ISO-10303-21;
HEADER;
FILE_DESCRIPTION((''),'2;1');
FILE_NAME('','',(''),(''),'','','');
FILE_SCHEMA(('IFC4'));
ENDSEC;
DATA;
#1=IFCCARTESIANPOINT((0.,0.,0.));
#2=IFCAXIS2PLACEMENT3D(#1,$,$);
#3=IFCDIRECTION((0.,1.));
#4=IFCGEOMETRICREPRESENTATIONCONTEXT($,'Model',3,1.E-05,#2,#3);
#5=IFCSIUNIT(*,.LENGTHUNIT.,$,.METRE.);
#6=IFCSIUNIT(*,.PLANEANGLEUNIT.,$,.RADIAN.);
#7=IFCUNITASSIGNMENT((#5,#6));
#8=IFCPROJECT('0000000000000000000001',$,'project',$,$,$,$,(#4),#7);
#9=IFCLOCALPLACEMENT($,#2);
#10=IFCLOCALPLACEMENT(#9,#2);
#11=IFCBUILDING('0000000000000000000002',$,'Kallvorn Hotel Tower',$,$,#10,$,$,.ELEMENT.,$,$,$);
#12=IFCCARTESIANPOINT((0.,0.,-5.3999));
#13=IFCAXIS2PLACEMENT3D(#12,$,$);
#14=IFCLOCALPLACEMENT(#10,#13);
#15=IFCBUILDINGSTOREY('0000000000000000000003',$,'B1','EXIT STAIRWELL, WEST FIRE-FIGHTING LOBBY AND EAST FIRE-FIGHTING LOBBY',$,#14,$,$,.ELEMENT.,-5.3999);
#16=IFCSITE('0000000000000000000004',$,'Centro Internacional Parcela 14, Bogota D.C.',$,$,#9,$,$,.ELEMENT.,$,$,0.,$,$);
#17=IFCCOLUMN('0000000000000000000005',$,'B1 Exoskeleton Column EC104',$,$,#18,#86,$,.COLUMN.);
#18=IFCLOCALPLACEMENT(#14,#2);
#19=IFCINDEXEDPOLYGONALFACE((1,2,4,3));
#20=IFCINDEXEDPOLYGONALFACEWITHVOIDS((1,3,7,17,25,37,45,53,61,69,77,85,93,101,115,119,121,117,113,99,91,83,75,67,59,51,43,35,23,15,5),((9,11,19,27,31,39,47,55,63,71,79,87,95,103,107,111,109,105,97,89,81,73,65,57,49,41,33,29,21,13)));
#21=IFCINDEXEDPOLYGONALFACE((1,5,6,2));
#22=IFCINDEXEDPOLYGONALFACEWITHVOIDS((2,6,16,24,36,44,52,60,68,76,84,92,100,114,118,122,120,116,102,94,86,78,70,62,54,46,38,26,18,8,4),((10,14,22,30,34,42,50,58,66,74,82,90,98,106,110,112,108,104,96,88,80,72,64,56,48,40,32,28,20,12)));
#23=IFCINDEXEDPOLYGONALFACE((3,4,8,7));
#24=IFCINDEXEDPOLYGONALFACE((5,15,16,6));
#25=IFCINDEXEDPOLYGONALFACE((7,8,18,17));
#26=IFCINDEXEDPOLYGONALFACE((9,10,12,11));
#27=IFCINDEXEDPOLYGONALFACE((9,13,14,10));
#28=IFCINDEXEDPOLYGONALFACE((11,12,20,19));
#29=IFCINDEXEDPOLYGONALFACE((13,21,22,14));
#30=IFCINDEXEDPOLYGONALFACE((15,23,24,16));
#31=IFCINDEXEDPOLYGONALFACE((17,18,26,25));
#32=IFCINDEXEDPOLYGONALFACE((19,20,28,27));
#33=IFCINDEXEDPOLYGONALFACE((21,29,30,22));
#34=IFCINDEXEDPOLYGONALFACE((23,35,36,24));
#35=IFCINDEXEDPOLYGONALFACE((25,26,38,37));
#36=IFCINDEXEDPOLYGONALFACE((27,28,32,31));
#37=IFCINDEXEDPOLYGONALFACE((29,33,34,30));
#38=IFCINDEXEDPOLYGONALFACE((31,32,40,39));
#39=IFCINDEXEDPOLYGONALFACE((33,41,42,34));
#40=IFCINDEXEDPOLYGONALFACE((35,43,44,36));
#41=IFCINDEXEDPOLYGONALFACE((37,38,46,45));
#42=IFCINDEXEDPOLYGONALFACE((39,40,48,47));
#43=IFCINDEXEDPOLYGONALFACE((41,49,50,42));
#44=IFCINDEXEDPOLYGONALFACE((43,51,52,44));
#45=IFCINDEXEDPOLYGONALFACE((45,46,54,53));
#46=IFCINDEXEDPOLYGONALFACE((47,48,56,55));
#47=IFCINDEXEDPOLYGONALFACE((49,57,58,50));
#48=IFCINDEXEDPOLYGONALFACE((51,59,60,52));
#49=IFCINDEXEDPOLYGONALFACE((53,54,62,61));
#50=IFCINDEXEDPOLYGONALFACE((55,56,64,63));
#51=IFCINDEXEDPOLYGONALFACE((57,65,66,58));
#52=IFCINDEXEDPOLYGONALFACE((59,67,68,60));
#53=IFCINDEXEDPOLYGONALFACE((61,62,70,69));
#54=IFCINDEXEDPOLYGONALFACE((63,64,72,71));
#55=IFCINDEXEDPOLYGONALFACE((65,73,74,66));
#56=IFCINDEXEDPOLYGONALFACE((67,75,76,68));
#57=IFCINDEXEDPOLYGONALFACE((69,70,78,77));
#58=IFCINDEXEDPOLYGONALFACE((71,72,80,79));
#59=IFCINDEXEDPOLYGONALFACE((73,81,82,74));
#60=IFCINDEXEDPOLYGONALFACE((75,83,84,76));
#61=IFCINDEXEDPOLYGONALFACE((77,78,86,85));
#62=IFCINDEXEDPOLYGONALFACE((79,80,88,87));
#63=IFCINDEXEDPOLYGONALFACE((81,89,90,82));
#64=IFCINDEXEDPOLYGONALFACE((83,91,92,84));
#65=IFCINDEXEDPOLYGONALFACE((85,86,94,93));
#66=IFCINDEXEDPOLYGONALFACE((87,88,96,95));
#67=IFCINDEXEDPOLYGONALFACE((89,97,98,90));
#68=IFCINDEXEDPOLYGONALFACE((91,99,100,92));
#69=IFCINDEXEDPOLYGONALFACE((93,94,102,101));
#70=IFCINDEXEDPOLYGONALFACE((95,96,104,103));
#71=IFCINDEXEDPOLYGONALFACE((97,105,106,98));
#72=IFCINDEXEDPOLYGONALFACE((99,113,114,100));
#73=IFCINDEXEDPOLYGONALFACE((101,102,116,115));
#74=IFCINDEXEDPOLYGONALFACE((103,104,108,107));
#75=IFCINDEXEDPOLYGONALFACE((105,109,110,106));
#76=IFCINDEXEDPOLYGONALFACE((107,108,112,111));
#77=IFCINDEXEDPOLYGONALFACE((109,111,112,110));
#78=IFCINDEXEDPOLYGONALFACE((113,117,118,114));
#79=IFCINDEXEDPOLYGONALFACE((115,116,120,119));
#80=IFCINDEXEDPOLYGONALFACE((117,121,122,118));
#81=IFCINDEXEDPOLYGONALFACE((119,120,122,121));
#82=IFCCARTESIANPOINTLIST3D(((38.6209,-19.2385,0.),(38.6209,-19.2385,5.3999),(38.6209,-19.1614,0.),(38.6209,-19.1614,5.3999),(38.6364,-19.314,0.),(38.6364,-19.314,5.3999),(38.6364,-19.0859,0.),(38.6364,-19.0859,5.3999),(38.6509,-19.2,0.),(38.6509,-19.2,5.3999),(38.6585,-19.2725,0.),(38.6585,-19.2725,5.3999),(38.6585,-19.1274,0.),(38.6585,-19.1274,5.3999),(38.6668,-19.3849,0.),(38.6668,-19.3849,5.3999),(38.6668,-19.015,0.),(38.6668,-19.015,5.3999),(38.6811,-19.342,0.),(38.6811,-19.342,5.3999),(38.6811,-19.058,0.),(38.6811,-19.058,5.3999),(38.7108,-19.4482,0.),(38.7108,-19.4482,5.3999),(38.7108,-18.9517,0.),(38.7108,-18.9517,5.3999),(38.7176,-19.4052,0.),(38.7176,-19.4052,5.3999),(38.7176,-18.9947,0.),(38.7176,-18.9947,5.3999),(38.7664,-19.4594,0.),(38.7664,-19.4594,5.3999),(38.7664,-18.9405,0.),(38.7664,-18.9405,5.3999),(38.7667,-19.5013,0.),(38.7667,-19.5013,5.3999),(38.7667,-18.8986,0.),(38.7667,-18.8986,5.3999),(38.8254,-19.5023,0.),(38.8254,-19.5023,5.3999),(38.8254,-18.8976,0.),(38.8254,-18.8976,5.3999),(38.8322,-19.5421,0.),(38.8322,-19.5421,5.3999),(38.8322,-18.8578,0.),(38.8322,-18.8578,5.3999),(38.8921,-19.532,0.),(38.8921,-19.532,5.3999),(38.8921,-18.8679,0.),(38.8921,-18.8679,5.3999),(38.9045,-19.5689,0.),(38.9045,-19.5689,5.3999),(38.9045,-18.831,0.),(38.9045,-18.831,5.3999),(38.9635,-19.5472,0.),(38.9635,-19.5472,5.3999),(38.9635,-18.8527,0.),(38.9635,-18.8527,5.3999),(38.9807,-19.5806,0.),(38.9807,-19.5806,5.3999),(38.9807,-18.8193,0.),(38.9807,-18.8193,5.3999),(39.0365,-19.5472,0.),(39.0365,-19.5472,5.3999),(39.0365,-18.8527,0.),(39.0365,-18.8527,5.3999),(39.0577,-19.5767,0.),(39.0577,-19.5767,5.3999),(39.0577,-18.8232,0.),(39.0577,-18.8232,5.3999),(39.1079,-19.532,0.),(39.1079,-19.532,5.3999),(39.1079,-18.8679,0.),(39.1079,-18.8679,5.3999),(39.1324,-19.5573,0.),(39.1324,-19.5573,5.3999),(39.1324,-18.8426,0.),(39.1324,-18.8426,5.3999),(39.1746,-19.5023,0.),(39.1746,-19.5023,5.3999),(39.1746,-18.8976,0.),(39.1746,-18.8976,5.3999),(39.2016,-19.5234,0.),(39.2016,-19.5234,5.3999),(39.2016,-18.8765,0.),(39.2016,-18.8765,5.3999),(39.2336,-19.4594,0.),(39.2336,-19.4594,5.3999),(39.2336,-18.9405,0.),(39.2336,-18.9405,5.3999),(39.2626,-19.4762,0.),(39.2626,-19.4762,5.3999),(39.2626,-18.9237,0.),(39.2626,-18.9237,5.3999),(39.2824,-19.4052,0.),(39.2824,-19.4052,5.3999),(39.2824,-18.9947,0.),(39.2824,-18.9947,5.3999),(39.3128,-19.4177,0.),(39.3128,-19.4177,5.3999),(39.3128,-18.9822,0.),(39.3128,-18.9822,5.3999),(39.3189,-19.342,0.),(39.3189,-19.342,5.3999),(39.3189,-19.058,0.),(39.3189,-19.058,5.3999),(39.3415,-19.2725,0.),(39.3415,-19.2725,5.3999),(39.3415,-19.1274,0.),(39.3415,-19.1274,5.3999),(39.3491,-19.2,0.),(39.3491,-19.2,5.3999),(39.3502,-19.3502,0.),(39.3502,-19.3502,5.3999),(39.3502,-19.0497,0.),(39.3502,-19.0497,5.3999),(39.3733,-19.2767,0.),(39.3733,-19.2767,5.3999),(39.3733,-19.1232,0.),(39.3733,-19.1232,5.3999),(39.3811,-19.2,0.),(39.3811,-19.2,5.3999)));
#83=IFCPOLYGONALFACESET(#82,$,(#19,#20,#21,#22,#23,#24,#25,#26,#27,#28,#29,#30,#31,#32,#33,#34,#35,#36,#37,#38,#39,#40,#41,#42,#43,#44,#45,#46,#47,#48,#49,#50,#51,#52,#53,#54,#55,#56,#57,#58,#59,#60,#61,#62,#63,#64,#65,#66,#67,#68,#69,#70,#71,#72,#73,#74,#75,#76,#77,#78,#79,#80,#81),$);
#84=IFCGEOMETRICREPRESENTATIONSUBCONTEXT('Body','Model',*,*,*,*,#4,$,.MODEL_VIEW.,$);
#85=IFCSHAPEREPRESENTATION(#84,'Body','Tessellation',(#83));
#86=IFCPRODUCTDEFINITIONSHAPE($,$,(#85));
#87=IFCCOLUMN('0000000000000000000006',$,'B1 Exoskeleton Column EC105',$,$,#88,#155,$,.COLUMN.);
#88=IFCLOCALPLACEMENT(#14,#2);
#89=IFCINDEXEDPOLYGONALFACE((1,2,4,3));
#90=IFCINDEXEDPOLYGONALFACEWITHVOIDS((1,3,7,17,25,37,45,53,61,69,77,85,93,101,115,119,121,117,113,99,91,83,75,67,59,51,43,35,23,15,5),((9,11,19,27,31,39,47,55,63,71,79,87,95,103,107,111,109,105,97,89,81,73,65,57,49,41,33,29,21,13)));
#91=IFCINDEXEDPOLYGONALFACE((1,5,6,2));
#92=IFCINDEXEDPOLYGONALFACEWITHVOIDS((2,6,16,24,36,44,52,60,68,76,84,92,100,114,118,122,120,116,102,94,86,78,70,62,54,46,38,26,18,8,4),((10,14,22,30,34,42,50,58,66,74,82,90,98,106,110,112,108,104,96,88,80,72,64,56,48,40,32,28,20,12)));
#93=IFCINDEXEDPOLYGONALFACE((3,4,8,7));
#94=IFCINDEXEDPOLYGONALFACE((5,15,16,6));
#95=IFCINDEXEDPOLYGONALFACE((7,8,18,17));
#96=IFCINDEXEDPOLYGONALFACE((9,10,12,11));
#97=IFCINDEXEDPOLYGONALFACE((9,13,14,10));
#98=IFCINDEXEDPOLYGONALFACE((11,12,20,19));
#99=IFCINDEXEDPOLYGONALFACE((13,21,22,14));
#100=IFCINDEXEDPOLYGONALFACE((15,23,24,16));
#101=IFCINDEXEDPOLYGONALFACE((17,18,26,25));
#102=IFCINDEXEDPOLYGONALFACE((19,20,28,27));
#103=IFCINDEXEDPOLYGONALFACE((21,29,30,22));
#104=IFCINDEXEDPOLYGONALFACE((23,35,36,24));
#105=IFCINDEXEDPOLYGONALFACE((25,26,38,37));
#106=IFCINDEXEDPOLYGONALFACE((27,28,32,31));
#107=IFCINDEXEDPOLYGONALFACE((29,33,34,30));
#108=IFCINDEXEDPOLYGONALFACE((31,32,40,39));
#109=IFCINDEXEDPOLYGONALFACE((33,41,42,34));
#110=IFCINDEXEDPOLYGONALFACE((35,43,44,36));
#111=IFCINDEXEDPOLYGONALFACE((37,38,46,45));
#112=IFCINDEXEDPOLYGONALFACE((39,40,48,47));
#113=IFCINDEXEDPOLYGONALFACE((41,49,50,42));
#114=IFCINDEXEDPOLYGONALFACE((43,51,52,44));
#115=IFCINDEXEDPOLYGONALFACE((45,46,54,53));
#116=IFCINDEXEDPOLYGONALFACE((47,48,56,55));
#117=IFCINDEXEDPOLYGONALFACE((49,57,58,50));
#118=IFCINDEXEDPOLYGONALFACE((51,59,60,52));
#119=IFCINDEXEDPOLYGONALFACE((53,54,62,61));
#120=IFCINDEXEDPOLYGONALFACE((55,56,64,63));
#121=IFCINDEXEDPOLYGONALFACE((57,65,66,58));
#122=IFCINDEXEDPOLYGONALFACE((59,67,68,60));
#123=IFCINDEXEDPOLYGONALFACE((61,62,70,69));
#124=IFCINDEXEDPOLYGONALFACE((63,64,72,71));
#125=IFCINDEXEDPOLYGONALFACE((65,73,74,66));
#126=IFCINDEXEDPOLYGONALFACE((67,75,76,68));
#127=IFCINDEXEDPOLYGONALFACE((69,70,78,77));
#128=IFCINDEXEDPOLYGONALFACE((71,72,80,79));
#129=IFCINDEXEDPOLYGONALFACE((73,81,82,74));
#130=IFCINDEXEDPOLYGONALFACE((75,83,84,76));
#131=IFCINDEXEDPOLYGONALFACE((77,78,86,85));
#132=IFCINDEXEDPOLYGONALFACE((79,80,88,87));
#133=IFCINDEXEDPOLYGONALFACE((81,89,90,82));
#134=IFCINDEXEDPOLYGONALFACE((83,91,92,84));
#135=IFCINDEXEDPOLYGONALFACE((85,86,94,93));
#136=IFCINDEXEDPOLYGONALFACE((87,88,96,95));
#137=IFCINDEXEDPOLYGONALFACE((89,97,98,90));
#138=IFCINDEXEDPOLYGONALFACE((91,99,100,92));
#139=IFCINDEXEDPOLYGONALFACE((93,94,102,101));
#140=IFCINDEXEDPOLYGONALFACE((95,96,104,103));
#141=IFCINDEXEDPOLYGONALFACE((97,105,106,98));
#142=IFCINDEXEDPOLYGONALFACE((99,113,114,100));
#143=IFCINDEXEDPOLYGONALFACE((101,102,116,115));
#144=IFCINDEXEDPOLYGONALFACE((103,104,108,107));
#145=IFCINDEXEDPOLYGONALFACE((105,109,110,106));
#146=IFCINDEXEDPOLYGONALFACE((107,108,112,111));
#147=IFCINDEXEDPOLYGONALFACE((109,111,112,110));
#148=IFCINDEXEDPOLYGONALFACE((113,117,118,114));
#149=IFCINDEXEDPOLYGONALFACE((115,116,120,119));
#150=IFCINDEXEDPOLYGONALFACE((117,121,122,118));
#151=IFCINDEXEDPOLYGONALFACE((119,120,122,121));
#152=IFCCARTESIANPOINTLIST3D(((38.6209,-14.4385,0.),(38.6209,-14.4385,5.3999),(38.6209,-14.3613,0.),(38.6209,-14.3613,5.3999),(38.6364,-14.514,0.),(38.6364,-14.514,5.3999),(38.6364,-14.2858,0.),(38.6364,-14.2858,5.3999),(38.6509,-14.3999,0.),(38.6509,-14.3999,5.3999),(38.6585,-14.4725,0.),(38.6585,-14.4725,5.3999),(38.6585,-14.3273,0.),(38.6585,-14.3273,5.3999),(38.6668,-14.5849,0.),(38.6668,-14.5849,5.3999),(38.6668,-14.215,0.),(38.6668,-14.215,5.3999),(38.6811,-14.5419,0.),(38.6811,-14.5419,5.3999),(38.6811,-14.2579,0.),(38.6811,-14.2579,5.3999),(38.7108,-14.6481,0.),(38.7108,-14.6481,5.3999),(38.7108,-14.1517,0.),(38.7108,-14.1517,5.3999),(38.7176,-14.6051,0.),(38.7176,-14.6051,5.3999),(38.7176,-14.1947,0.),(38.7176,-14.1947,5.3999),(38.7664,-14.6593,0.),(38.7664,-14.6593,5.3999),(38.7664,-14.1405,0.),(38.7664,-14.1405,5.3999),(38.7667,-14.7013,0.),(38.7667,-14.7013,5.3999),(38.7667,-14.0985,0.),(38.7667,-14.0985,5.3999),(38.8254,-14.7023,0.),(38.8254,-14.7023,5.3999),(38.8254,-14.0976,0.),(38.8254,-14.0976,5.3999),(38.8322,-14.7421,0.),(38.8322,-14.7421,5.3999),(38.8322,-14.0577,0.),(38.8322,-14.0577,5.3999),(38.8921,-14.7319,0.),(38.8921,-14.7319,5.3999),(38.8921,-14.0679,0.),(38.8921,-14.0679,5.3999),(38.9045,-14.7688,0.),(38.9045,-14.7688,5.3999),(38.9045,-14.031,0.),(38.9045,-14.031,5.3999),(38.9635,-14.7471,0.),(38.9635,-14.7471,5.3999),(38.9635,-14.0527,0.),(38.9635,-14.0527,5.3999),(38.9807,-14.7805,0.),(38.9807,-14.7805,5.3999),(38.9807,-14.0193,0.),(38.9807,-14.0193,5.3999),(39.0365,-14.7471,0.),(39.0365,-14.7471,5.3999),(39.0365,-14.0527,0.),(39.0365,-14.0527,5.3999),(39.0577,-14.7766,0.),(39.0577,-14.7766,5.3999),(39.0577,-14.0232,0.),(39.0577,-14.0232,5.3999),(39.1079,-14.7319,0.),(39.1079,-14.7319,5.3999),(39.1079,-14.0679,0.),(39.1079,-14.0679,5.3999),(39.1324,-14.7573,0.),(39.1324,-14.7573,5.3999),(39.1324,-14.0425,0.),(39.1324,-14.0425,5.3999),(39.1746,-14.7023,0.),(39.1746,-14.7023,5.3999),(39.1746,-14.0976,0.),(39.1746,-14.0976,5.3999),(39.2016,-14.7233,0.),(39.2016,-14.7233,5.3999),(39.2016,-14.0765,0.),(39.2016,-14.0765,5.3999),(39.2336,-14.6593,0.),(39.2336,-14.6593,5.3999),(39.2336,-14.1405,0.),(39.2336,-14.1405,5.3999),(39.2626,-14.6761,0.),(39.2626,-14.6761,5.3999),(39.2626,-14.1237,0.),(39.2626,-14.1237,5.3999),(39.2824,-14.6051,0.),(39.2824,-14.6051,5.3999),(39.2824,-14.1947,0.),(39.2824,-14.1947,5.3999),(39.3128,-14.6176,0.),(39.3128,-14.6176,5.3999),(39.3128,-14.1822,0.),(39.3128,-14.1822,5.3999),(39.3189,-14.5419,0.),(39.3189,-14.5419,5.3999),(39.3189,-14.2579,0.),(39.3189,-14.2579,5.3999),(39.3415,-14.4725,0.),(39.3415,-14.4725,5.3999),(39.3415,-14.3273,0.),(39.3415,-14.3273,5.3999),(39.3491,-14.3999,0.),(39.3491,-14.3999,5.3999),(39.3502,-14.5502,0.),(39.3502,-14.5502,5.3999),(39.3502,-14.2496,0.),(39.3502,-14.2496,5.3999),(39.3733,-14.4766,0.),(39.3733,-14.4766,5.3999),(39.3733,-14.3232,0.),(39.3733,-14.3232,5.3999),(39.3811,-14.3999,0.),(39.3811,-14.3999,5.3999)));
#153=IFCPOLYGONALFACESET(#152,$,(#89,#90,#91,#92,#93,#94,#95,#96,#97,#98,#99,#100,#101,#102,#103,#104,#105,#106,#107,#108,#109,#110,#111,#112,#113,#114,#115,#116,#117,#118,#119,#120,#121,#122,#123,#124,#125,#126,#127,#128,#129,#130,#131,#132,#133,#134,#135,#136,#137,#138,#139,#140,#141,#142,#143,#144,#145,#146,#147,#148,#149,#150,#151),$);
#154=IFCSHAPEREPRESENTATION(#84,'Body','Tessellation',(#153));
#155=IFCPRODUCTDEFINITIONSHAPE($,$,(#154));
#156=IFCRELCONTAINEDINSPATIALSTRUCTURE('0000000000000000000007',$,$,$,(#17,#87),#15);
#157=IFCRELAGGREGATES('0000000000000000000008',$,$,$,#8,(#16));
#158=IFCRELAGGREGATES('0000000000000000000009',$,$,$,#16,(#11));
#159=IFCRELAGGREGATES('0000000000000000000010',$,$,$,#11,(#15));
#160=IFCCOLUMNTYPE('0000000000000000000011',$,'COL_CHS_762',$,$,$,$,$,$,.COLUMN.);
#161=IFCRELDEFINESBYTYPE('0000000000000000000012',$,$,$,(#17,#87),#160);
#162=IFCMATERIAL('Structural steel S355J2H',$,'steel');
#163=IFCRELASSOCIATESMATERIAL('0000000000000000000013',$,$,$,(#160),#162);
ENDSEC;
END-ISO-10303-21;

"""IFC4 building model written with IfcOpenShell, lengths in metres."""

from ifc_helpers import new_model, si_unit, direction, frame, origin, origin_2d, place, context, subcontext, project, spatial, hollow_circle, extrude, material, material_profile, profile_set, type_object, element, save


model = new_model("IFC4")

# Units and contexts
model_context = context("Model", 3, precision=1e-05, world=origin(), true_north=direction((0.0, 1.0)))
body_context = subcontext(model_context, "Body", "Model", "MODEL_VIEW")
ifc_project = project(units=[si_unit("LENGTHUNIT", "METRE"), si_unit("PLANEANGLEUNIT", "RADIAN")], contexts=[model_context])

# Site, building, storey
site_placement = place(None, origin())
site = spatial("IfcSite", under=ifc_project, at=site_placement, Name="Centro Internacional Parcela 14, Bogota D.C.", CompositionType="ELEMENT", RefElevation=0.0)
building_placement = place(site_placement, origin())
building = spatial("IfcBuilding", under=site, at=building_placement, Name="Kallvorn Hotel Tower", CompositionType="ELEMENT")
storey_placement = place(building_placement, frame((0.0, 0.0, -5.3999)))
storey = spatial("IfcBuildingStorey", under=building, at=storey_placement, Name="B1", Description="EXIT STAIRWELL, WEST FIRE-FIGHTING LOBBY AND EAST FIRE-FIGHTING LOBBY", CompositionType="ELEMENT", Elevation=-5.3999)

# Columns
ifc_material_1 = material(Name="Structural steel S355J2H", Category="steel")
ifc_material_profile_1 = material_profile(ifc_material_1, hollow_circle(Radius=0.3811, WallThickness=0.032, at=origin_2d()), Name="CHS 762x32")
ifc_profile_set_1 = profile_set([ifc_material_profile_1], Name="Structural steel S355J2H")
column_type = type_object("IfcColumnType", Name="COL_CHS_762", PredefinedType="COLUMN", material=ifc_profile_set_1)
for number, where, z_axis, x_axis, name in (
    (1, (39.0, -19.2, 0.0), (0.0, 0.0, 1.0), (1.0, 0.0, 0.0), "B1 Exoskeleton Column EC104"),
    (2, (39.0, -14.3999, 0.0), (0.0, 0.0, 1.0), (1.0, 0.0, 0.0), "B1 Exoskeleton Column EC105"),
):
    element("IfcColumn", number, at=place(storey_placement, frame(where, z_axis=z_axis, x_axis=x_axis)), inside=storey, type_object=column_type, Name=name, PredefinedType="COLUMN", context=body_context, shape_type="SweptSolid", body=[
        extrude(hollow_circle(Radius=0.3811, WallThickness=0.032, at=origin_2d()), origin(), (0.0, 0.0, 1.0), 5.3999),
    ])

save(model, "model.ifc")
